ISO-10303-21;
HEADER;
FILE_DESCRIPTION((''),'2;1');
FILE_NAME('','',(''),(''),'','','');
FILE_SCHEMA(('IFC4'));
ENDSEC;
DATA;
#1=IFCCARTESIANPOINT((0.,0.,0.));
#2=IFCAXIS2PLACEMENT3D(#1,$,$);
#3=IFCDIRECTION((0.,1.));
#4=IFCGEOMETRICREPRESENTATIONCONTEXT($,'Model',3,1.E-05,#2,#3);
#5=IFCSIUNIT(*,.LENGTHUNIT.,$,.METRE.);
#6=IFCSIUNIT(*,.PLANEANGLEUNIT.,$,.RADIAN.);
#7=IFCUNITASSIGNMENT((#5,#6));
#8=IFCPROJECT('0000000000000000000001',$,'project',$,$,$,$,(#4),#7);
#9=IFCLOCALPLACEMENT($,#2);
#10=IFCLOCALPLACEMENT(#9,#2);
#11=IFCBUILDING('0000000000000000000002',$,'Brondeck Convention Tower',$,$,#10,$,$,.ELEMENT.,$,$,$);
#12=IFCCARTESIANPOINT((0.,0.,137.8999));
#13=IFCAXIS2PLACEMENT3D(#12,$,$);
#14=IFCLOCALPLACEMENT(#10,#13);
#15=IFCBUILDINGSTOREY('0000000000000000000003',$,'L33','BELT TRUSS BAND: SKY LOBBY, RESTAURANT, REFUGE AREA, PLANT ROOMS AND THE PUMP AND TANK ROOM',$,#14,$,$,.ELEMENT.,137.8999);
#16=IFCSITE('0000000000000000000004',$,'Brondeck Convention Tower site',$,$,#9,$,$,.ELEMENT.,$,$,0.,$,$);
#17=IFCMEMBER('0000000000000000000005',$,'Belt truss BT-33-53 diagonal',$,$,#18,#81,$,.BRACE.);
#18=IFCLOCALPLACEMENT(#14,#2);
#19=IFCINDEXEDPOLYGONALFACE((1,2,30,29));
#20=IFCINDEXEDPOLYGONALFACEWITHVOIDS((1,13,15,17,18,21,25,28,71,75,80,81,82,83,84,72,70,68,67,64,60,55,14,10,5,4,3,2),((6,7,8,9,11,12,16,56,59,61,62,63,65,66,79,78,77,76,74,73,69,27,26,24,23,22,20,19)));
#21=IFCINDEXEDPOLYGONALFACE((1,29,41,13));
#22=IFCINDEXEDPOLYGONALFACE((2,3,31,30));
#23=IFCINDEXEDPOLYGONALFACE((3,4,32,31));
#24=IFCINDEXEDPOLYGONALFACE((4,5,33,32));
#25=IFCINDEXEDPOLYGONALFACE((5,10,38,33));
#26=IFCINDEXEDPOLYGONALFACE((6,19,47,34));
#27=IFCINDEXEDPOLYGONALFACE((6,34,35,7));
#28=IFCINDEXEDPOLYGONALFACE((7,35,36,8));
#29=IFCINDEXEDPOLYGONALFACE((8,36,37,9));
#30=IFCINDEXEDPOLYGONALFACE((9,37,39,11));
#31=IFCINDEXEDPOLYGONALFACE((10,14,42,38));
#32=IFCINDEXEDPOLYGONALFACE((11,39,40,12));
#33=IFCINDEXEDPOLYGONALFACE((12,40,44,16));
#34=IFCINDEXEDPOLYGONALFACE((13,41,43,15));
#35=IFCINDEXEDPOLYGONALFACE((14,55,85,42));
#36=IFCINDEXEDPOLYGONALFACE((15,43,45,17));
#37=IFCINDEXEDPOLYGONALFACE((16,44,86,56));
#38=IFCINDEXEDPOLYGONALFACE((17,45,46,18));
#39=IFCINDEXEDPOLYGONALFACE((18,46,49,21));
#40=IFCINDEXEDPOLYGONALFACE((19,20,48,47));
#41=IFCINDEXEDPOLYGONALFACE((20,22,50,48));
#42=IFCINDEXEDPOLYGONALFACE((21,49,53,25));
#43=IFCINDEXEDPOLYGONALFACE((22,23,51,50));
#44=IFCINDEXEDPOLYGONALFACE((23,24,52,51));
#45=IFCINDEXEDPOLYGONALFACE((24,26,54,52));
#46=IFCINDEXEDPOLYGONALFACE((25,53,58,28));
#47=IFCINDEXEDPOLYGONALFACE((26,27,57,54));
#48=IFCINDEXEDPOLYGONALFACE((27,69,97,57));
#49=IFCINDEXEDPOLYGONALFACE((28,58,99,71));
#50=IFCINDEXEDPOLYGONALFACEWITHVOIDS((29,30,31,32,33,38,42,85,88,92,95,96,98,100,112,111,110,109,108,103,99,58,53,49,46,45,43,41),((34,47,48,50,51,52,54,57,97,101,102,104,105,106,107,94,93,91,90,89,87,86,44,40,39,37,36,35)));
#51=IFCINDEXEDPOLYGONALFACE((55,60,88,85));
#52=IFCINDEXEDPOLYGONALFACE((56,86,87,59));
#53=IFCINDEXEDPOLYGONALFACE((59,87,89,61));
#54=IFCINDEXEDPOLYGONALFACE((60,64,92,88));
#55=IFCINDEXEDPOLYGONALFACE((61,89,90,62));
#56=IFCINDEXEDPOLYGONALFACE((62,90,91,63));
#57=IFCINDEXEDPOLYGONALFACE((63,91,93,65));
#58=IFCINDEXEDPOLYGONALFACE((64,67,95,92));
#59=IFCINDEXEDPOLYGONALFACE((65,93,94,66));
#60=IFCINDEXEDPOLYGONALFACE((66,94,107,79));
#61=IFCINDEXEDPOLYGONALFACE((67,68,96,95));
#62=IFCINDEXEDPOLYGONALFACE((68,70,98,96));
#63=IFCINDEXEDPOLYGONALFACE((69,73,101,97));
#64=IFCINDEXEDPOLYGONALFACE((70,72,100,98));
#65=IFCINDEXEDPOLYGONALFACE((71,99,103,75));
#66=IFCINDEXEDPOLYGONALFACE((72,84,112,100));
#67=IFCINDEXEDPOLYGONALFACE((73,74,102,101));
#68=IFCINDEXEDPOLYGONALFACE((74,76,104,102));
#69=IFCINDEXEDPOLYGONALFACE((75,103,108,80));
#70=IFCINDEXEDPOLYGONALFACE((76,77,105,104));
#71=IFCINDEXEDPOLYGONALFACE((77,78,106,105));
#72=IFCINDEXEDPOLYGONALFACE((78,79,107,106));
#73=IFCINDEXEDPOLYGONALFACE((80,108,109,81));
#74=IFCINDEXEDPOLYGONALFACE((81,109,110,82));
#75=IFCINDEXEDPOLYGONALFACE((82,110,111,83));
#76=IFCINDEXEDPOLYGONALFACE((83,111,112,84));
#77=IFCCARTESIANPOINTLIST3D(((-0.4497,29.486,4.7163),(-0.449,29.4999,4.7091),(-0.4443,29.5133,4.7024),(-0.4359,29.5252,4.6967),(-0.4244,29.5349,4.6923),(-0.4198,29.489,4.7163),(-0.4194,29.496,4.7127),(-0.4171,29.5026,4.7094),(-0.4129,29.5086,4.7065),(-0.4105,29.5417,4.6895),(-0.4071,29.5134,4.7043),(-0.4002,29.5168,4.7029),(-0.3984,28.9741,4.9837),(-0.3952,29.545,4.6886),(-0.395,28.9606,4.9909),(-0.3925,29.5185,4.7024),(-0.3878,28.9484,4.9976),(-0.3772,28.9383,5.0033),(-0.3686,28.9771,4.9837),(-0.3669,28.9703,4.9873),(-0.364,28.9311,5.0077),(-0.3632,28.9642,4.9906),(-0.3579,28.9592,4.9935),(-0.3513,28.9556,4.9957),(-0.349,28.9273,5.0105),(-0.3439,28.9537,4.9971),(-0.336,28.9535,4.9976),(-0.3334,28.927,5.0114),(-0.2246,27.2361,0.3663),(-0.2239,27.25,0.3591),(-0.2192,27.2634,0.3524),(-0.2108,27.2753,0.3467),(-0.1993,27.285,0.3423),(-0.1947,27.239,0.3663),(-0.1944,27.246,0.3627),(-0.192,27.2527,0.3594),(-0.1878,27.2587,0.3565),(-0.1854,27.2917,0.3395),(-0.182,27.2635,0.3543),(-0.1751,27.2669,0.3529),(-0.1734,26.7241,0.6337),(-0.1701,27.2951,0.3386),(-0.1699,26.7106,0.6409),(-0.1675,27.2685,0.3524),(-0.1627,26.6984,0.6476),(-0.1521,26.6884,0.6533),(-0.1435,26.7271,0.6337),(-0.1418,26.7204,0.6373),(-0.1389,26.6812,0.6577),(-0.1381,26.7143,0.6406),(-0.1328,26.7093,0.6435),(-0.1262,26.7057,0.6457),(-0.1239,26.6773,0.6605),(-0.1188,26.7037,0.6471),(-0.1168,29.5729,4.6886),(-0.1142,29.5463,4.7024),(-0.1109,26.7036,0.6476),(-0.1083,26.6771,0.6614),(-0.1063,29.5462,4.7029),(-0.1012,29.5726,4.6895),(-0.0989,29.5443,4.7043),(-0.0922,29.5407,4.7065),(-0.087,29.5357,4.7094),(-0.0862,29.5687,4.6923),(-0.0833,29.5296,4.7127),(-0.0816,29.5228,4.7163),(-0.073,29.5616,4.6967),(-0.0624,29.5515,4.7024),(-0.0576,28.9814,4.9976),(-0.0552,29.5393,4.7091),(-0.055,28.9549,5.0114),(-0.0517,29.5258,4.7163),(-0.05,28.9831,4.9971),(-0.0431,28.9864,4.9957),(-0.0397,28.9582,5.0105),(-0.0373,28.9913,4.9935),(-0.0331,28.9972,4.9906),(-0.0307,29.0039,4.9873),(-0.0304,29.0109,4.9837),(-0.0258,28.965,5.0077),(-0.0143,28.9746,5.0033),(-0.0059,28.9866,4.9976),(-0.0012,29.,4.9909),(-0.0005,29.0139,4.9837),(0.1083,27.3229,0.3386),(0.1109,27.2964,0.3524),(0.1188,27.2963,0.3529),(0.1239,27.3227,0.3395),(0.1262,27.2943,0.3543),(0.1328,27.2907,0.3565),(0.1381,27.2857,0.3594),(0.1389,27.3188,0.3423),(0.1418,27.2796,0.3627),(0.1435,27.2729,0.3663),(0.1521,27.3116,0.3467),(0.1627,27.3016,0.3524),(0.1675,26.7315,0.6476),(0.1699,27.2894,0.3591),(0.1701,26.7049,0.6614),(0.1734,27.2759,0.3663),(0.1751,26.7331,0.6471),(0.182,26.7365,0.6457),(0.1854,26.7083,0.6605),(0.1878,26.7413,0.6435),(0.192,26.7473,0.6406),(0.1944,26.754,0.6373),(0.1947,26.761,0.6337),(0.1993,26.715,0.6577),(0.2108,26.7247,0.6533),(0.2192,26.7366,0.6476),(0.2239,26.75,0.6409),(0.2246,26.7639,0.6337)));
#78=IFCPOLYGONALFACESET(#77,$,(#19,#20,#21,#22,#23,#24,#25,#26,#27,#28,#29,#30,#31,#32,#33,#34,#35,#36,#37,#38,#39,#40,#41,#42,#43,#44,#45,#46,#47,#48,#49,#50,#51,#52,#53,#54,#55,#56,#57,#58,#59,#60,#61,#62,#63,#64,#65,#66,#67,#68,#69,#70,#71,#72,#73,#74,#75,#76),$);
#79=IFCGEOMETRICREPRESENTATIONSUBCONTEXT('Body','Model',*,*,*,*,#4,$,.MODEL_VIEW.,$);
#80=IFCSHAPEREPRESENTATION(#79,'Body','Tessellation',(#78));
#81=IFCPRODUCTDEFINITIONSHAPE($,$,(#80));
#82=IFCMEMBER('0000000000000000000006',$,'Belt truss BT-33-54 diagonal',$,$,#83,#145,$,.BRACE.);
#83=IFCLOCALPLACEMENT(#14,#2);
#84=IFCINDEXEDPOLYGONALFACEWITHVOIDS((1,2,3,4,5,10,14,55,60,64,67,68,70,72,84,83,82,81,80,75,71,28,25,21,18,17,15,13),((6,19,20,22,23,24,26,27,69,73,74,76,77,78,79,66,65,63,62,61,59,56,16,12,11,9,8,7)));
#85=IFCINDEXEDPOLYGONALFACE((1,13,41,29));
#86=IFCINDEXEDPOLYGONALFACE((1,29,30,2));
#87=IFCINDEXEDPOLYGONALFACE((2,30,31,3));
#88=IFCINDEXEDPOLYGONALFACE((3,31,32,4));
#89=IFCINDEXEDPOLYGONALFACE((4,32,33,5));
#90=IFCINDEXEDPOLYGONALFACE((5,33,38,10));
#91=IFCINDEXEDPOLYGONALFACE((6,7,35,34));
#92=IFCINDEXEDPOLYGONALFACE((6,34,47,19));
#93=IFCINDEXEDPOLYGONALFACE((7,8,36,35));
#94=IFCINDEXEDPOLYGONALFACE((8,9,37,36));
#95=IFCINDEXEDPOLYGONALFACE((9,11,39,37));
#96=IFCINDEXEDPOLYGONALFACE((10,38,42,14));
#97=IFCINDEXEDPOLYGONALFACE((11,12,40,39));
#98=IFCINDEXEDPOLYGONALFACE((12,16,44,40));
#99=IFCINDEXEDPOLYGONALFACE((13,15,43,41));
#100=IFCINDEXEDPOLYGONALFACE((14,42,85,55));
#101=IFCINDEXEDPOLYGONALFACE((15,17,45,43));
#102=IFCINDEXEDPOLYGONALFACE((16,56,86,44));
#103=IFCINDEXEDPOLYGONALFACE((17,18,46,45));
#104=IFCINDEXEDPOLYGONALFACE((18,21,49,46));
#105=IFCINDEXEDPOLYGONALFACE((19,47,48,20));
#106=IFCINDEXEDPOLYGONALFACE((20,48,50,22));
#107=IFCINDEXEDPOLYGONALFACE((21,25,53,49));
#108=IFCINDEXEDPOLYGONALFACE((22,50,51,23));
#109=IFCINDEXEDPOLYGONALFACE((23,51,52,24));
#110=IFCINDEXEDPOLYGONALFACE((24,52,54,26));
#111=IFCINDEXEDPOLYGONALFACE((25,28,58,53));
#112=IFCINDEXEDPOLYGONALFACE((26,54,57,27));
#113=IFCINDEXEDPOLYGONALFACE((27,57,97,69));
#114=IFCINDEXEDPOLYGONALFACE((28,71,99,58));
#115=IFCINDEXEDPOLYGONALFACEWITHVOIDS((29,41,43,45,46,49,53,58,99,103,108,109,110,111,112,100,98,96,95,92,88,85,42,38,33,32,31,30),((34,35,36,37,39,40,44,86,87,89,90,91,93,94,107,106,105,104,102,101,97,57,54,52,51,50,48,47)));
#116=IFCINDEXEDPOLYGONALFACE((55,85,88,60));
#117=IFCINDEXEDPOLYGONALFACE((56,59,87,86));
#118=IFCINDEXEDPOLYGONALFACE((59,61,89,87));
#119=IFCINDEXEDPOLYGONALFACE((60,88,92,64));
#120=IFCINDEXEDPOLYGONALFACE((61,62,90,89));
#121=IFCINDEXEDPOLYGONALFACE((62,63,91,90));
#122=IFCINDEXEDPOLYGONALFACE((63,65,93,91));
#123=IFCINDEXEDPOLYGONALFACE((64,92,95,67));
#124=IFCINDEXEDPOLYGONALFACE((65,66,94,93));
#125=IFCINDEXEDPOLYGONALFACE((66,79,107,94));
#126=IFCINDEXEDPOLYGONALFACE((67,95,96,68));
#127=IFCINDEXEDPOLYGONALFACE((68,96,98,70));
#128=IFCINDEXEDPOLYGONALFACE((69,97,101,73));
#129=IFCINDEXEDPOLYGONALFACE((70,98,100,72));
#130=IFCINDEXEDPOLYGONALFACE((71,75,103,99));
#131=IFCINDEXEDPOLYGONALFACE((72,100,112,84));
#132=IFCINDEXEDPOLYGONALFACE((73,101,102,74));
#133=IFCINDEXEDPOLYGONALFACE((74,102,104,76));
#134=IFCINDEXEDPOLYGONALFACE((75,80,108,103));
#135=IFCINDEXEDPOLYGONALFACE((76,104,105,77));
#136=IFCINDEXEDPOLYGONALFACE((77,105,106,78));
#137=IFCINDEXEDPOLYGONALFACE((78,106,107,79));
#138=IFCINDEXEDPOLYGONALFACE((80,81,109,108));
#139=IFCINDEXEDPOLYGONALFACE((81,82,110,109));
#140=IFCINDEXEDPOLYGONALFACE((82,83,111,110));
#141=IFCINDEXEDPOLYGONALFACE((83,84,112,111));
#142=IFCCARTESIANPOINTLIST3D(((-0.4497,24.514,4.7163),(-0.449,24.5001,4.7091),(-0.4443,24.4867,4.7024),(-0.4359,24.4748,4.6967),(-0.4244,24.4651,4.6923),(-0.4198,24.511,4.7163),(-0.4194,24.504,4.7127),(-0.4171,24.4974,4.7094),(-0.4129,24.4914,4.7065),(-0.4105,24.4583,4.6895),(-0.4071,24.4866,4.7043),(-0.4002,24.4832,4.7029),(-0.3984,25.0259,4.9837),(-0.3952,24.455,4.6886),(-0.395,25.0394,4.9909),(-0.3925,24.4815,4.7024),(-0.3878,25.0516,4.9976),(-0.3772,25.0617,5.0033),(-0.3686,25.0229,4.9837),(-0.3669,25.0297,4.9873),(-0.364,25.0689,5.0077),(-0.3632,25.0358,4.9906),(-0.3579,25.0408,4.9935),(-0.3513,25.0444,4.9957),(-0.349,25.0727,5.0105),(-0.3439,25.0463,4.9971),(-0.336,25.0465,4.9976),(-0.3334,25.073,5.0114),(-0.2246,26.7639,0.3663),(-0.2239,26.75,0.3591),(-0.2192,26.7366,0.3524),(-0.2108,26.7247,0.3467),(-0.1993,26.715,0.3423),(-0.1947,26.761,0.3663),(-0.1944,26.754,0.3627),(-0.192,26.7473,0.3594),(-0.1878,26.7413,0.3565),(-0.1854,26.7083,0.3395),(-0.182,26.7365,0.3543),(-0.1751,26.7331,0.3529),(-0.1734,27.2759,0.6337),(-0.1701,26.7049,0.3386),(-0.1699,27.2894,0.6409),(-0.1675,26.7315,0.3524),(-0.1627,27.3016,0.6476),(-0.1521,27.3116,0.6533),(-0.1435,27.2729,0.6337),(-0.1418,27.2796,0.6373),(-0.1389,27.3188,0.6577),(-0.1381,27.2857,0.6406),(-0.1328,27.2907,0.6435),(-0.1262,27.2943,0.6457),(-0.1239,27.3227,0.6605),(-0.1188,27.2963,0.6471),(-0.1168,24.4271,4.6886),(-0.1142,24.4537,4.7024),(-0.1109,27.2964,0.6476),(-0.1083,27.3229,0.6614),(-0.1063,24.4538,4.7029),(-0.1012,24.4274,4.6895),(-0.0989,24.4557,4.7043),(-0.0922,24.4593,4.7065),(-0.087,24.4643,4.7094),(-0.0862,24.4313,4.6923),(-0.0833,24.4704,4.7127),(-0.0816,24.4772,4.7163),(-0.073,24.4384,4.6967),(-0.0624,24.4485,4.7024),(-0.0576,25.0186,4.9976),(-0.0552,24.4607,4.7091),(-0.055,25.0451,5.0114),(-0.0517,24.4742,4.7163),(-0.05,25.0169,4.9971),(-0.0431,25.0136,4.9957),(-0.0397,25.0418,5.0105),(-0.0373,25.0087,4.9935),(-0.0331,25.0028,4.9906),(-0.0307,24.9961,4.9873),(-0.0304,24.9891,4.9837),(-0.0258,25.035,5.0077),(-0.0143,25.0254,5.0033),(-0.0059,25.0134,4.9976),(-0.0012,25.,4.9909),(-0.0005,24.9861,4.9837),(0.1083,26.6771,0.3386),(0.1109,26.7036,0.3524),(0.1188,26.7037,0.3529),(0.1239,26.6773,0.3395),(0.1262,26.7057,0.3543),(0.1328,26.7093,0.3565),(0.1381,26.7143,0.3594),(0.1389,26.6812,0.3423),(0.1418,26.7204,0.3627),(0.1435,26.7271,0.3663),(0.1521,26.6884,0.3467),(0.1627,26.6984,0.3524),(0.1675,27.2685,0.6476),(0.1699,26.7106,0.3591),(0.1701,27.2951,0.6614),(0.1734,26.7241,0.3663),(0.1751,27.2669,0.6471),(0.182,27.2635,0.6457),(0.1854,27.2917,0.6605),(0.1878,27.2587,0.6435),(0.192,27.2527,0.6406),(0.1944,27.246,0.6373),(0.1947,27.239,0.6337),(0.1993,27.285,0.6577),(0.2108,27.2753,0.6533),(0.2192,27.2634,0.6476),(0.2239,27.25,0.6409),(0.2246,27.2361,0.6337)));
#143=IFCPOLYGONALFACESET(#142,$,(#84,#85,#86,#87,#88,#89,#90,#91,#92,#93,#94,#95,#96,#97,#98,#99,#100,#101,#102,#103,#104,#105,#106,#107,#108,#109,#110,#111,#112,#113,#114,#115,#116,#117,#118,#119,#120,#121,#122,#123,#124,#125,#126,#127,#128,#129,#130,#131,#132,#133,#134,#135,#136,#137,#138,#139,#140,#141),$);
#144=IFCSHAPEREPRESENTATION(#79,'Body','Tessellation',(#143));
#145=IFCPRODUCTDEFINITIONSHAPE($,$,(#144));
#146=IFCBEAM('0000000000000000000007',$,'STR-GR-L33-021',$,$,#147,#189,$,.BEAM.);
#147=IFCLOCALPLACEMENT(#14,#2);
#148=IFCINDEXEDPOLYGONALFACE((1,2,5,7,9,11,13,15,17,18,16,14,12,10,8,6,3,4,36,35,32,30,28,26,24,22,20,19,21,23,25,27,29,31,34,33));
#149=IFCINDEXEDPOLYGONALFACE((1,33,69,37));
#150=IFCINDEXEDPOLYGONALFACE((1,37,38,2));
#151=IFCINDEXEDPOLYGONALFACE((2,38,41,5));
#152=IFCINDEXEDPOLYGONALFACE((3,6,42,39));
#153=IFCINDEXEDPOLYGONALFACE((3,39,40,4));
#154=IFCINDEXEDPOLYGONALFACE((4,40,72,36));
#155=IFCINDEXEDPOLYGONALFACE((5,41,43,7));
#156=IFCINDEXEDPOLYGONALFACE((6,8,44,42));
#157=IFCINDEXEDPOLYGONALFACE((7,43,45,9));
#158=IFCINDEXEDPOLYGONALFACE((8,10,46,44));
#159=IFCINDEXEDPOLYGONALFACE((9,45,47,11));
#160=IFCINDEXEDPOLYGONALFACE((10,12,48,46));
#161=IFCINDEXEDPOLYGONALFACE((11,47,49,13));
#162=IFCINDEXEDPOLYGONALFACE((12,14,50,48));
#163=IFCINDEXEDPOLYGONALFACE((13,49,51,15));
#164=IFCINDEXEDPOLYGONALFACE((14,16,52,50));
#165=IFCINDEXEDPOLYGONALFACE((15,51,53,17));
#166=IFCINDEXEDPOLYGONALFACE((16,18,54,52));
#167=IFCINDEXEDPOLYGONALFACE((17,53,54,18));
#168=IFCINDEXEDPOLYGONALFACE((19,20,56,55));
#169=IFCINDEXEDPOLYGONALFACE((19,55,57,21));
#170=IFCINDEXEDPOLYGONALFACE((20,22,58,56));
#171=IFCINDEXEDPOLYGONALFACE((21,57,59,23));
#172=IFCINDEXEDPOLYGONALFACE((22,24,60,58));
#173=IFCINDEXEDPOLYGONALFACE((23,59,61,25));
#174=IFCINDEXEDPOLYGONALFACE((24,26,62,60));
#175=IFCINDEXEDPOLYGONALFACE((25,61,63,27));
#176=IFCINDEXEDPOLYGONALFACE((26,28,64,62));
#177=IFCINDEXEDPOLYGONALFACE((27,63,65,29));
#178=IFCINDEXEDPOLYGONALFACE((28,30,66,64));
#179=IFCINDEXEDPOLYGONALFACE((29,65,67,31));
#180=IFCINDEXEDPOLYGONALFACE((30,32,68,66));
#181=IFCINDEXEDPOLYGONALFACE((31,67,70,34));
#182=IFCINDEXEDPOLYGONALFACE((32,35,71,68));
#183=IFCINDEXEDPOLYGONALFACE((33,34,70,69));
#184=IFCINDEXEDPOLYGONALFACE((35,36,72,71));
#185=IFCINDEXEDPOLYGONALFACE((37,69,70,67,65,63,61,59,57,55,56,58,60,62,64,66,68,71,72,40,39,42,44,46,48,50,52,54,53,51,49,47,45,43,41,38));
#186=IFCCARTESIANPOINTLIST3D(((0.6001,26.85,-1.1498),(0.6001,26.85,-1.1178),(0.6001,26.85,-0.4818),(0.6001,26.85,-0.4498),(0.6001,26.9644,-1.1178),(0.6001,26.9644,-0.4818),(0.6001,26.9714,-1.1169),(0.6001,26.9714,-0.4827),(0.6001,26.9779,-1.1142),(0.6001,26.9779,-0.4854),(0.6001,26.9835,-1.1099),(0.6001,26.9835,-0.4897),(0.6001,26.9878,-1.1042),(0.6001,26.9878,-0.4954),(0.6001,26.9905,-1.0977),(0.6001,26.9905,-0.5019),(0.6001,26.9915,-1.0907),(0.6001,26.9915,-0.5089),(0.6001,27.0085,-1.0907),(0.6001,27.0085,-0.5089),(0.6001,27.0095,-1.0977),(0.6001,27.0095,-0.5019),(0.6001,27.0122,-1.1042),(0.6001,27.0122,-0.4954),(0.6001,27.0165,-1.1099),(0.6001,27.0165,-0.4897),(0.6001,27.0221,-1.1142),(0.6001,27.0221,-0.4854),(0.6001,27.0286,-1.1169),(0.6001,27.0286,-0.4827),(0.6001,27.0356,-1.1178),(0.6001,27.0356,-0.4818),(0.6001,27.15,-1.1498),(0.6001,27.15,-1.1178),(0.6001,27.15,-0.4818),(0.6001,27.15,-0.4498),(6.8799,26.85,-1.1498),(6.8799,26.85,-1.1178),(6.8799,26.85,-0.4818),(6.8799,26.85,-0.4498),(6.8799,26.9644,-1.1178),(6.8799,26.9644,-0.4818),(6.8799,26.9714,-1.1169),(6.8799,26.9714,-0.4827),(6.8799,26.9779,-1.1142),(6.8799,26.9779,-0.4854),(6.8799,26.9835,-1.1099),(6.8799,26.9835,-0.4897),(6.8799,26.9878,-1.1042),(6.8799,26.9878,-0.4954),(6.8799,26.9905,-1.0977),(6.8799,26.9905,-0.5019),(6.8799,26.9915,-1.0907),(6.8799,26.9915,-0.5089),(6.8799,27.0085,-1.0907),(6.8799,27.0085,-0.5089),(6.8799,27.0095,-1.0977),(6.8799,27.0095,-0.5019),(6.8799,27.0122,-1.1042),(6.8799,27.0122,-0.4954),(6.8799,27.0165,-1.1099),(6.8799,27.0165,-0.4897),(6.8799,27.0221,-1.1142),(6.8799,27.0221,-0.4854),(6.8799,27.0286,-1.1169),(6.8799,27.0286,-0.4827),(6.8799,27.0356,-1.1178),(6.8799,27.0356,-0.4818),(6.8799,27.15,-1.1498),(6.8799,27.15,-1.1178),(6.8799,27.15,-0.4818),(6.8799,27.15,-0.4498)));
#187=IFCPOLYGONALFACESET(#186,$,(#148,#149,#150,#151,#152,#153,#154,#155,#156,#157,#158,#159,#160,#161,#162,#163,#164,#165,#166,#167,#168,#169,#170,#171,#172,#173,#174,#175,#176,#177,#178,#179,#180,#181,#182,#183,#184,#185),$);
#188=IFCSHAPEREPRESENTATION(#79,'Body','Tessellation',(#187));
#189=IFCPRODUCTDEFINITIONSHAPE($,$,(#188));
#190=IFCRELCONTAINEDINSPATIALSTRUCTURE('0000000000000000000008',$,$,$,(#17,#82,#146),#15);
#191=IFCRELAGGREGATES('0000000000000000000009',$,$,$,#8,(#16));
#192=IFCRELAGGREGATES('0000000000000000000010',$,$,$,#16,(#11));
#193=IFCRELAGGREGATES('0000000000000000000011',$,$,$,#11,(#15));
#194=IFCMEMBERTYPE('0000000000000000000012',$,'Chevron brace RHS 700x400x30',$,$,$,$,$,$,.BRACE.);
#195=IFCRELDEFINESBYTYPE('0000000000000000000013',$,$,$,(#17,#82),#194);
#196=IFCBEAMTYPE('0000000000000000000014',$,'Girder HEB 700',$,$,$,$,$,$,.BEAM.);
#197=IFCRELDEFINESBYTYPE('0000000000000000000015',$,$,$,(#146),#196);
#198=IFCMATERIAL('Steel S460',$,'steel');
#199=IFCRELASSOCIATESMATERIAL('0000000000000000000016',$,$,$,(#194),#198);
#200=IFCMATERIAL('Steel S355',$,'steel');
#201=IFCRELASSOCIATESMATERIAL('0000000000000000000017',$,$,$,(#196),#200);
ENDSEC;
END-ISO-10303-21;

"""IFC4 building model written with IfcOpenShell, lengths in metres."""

from ifc_helpers import new_model, si_unit, direction, frame, origin, origin_2d, place, context, subcontext, project, spatial, hollow_rectangle, i_section, extrude, material, material_profile, profile_set, type_object, element, save


model = new_model("IFC4")

# Units and contexts
model_context = context("Model", 3, precision=1e-05, world=origin(), true_north=direction((0.0, 1.0)))
body_context = subcontext(model_context, "Body", "Model", "MODEL_VIEW")
ifc_project = project(units=[si_unit("LENGTHUNIT", "METRE"), si_unit("PLANEANGLEUNIT", "RADIAN")], contexts=[model_context])

# Site, building, storey
site_placement = place(None, origin())
site = spatial("IfcSite", under=ifc_project, at=site_placement, Name="Brondeck Convention Tower site", CompositionType="ELEMENT", RefElevation=0.0)
building_placement = place(site_placement, origin())
building = spatial("IfcBuilding", under=site, at=building_placement, Name="Brondeck Convention Tower", CompositionType="ELEMENT")
storey_placement = place(building_placement, frame((0.0, 0.0, 137.8999)))
storey = spatial("IfcBuildingStorey", under=building, at=storey_placement, Name="L33", Description="BELT TRUSS BAND: SKY LOBBY, RESTAURANT, REFUGE AREA, PLANT ROOMS AND THE PUMP AND TANK ROOM", CompositionType="ELEMENT", Elevation=137.8999)

# Members
ifc_material_1 = material(Name="Steel S460", Category="steel")
ifc_material_profile_1 = material_profile(ifc_material_1, hollow_rectangle(XDim=0.3999, YDim=0.7, WallThickness=0.03, InnerFilletRadius=0.03, OuterFilletRadius=0.0601, at=origin_2d()), Name="RHS 700x400x30")
ifc_profile_set_1 = profile_set([ifc_material_profile_1], Name="Steel S460")
member_type_1 = type_object("IfcMemberType", Name="Chevron brace RHS 700x400x30", PredefinedType="BRACE", material=ifc_profile_set_1)
for number, where, z_axis, x_axis, name in (
    (1, (0.0, 27.0, 0.5), (-0.045913, 0.45893, 0.887285), (-0.995033, -0.099546, 0.0), "Belt truss BT-33-53 diagonal"),
    (2, (0.0, 27.0, 0.5), (-0.045913, -0.45893, 0.887285), (0.995033, -0.099546, 0.0), "Belt truss BT-33-54 diagonal"),
):
    element("IfcMember", number, at=place(storey_placement, frame(where, z_axis=z_axis, x_axis=x_axis)), inside=storey, type_object=member_type_1, Name=name, PredefinedType="BRACE", context=body_context, shape_type="SweptSolid", body=[
        extrude(hollow_rectangle(XDim=0.3999, YDim=0.7, WallThickness=0.03, InnerFilletRadius=0.03, OuterFilletRadius=0.0601, at=origin_2d()), origin(), (0.0, 0.0, 1.0), 4.9026),
    ])

# Beam
ifc_material_2 = material(Name="Steel S355", Category="steel")
ifc_material_profile_2 = material_profile(ifc_material_2, i_section(OverallWidth=0.3, OverallDepth=0.7, WebThickness=0.0171, FlangeThickness=0.032, FilletRadius=0.0271, at=origin_2d()), Name="HEB 700")
ifc_profile_set_2 = profile_set([ifc_material_profile_2], Name="Steel S355")
beam_type_1 = type_object("IfcBeamType", Name="Girder HEB 700", PredefinedType="BEAM", material=ifc_profile_set_2)
beam_placement = place(storey_placement, frame((0.6001, 27.0, -0.7998), z_axis=(1.0, 0.0, 0.0), x_axis=(0.0, 1.0, 0.0)))
element("IfcBeam", 3, at=beam_placement, inside=storey, type_object=beam_type_1, Name="STR-GR-L33-021", PredefinedType="BEAM", context=body_context, shape_type="SweptSolid", body=[
    extrude(i_section(OverallWidth=0.3, OverallDepth=0.7, WebThickness=0.0171, FlangeThickness=0.032, FilletRadius=0.0271, at=origin_2d()), origin(), (0.0, 0.0, 1.0), 6.2798),
])

save(model, "model.ifc")
